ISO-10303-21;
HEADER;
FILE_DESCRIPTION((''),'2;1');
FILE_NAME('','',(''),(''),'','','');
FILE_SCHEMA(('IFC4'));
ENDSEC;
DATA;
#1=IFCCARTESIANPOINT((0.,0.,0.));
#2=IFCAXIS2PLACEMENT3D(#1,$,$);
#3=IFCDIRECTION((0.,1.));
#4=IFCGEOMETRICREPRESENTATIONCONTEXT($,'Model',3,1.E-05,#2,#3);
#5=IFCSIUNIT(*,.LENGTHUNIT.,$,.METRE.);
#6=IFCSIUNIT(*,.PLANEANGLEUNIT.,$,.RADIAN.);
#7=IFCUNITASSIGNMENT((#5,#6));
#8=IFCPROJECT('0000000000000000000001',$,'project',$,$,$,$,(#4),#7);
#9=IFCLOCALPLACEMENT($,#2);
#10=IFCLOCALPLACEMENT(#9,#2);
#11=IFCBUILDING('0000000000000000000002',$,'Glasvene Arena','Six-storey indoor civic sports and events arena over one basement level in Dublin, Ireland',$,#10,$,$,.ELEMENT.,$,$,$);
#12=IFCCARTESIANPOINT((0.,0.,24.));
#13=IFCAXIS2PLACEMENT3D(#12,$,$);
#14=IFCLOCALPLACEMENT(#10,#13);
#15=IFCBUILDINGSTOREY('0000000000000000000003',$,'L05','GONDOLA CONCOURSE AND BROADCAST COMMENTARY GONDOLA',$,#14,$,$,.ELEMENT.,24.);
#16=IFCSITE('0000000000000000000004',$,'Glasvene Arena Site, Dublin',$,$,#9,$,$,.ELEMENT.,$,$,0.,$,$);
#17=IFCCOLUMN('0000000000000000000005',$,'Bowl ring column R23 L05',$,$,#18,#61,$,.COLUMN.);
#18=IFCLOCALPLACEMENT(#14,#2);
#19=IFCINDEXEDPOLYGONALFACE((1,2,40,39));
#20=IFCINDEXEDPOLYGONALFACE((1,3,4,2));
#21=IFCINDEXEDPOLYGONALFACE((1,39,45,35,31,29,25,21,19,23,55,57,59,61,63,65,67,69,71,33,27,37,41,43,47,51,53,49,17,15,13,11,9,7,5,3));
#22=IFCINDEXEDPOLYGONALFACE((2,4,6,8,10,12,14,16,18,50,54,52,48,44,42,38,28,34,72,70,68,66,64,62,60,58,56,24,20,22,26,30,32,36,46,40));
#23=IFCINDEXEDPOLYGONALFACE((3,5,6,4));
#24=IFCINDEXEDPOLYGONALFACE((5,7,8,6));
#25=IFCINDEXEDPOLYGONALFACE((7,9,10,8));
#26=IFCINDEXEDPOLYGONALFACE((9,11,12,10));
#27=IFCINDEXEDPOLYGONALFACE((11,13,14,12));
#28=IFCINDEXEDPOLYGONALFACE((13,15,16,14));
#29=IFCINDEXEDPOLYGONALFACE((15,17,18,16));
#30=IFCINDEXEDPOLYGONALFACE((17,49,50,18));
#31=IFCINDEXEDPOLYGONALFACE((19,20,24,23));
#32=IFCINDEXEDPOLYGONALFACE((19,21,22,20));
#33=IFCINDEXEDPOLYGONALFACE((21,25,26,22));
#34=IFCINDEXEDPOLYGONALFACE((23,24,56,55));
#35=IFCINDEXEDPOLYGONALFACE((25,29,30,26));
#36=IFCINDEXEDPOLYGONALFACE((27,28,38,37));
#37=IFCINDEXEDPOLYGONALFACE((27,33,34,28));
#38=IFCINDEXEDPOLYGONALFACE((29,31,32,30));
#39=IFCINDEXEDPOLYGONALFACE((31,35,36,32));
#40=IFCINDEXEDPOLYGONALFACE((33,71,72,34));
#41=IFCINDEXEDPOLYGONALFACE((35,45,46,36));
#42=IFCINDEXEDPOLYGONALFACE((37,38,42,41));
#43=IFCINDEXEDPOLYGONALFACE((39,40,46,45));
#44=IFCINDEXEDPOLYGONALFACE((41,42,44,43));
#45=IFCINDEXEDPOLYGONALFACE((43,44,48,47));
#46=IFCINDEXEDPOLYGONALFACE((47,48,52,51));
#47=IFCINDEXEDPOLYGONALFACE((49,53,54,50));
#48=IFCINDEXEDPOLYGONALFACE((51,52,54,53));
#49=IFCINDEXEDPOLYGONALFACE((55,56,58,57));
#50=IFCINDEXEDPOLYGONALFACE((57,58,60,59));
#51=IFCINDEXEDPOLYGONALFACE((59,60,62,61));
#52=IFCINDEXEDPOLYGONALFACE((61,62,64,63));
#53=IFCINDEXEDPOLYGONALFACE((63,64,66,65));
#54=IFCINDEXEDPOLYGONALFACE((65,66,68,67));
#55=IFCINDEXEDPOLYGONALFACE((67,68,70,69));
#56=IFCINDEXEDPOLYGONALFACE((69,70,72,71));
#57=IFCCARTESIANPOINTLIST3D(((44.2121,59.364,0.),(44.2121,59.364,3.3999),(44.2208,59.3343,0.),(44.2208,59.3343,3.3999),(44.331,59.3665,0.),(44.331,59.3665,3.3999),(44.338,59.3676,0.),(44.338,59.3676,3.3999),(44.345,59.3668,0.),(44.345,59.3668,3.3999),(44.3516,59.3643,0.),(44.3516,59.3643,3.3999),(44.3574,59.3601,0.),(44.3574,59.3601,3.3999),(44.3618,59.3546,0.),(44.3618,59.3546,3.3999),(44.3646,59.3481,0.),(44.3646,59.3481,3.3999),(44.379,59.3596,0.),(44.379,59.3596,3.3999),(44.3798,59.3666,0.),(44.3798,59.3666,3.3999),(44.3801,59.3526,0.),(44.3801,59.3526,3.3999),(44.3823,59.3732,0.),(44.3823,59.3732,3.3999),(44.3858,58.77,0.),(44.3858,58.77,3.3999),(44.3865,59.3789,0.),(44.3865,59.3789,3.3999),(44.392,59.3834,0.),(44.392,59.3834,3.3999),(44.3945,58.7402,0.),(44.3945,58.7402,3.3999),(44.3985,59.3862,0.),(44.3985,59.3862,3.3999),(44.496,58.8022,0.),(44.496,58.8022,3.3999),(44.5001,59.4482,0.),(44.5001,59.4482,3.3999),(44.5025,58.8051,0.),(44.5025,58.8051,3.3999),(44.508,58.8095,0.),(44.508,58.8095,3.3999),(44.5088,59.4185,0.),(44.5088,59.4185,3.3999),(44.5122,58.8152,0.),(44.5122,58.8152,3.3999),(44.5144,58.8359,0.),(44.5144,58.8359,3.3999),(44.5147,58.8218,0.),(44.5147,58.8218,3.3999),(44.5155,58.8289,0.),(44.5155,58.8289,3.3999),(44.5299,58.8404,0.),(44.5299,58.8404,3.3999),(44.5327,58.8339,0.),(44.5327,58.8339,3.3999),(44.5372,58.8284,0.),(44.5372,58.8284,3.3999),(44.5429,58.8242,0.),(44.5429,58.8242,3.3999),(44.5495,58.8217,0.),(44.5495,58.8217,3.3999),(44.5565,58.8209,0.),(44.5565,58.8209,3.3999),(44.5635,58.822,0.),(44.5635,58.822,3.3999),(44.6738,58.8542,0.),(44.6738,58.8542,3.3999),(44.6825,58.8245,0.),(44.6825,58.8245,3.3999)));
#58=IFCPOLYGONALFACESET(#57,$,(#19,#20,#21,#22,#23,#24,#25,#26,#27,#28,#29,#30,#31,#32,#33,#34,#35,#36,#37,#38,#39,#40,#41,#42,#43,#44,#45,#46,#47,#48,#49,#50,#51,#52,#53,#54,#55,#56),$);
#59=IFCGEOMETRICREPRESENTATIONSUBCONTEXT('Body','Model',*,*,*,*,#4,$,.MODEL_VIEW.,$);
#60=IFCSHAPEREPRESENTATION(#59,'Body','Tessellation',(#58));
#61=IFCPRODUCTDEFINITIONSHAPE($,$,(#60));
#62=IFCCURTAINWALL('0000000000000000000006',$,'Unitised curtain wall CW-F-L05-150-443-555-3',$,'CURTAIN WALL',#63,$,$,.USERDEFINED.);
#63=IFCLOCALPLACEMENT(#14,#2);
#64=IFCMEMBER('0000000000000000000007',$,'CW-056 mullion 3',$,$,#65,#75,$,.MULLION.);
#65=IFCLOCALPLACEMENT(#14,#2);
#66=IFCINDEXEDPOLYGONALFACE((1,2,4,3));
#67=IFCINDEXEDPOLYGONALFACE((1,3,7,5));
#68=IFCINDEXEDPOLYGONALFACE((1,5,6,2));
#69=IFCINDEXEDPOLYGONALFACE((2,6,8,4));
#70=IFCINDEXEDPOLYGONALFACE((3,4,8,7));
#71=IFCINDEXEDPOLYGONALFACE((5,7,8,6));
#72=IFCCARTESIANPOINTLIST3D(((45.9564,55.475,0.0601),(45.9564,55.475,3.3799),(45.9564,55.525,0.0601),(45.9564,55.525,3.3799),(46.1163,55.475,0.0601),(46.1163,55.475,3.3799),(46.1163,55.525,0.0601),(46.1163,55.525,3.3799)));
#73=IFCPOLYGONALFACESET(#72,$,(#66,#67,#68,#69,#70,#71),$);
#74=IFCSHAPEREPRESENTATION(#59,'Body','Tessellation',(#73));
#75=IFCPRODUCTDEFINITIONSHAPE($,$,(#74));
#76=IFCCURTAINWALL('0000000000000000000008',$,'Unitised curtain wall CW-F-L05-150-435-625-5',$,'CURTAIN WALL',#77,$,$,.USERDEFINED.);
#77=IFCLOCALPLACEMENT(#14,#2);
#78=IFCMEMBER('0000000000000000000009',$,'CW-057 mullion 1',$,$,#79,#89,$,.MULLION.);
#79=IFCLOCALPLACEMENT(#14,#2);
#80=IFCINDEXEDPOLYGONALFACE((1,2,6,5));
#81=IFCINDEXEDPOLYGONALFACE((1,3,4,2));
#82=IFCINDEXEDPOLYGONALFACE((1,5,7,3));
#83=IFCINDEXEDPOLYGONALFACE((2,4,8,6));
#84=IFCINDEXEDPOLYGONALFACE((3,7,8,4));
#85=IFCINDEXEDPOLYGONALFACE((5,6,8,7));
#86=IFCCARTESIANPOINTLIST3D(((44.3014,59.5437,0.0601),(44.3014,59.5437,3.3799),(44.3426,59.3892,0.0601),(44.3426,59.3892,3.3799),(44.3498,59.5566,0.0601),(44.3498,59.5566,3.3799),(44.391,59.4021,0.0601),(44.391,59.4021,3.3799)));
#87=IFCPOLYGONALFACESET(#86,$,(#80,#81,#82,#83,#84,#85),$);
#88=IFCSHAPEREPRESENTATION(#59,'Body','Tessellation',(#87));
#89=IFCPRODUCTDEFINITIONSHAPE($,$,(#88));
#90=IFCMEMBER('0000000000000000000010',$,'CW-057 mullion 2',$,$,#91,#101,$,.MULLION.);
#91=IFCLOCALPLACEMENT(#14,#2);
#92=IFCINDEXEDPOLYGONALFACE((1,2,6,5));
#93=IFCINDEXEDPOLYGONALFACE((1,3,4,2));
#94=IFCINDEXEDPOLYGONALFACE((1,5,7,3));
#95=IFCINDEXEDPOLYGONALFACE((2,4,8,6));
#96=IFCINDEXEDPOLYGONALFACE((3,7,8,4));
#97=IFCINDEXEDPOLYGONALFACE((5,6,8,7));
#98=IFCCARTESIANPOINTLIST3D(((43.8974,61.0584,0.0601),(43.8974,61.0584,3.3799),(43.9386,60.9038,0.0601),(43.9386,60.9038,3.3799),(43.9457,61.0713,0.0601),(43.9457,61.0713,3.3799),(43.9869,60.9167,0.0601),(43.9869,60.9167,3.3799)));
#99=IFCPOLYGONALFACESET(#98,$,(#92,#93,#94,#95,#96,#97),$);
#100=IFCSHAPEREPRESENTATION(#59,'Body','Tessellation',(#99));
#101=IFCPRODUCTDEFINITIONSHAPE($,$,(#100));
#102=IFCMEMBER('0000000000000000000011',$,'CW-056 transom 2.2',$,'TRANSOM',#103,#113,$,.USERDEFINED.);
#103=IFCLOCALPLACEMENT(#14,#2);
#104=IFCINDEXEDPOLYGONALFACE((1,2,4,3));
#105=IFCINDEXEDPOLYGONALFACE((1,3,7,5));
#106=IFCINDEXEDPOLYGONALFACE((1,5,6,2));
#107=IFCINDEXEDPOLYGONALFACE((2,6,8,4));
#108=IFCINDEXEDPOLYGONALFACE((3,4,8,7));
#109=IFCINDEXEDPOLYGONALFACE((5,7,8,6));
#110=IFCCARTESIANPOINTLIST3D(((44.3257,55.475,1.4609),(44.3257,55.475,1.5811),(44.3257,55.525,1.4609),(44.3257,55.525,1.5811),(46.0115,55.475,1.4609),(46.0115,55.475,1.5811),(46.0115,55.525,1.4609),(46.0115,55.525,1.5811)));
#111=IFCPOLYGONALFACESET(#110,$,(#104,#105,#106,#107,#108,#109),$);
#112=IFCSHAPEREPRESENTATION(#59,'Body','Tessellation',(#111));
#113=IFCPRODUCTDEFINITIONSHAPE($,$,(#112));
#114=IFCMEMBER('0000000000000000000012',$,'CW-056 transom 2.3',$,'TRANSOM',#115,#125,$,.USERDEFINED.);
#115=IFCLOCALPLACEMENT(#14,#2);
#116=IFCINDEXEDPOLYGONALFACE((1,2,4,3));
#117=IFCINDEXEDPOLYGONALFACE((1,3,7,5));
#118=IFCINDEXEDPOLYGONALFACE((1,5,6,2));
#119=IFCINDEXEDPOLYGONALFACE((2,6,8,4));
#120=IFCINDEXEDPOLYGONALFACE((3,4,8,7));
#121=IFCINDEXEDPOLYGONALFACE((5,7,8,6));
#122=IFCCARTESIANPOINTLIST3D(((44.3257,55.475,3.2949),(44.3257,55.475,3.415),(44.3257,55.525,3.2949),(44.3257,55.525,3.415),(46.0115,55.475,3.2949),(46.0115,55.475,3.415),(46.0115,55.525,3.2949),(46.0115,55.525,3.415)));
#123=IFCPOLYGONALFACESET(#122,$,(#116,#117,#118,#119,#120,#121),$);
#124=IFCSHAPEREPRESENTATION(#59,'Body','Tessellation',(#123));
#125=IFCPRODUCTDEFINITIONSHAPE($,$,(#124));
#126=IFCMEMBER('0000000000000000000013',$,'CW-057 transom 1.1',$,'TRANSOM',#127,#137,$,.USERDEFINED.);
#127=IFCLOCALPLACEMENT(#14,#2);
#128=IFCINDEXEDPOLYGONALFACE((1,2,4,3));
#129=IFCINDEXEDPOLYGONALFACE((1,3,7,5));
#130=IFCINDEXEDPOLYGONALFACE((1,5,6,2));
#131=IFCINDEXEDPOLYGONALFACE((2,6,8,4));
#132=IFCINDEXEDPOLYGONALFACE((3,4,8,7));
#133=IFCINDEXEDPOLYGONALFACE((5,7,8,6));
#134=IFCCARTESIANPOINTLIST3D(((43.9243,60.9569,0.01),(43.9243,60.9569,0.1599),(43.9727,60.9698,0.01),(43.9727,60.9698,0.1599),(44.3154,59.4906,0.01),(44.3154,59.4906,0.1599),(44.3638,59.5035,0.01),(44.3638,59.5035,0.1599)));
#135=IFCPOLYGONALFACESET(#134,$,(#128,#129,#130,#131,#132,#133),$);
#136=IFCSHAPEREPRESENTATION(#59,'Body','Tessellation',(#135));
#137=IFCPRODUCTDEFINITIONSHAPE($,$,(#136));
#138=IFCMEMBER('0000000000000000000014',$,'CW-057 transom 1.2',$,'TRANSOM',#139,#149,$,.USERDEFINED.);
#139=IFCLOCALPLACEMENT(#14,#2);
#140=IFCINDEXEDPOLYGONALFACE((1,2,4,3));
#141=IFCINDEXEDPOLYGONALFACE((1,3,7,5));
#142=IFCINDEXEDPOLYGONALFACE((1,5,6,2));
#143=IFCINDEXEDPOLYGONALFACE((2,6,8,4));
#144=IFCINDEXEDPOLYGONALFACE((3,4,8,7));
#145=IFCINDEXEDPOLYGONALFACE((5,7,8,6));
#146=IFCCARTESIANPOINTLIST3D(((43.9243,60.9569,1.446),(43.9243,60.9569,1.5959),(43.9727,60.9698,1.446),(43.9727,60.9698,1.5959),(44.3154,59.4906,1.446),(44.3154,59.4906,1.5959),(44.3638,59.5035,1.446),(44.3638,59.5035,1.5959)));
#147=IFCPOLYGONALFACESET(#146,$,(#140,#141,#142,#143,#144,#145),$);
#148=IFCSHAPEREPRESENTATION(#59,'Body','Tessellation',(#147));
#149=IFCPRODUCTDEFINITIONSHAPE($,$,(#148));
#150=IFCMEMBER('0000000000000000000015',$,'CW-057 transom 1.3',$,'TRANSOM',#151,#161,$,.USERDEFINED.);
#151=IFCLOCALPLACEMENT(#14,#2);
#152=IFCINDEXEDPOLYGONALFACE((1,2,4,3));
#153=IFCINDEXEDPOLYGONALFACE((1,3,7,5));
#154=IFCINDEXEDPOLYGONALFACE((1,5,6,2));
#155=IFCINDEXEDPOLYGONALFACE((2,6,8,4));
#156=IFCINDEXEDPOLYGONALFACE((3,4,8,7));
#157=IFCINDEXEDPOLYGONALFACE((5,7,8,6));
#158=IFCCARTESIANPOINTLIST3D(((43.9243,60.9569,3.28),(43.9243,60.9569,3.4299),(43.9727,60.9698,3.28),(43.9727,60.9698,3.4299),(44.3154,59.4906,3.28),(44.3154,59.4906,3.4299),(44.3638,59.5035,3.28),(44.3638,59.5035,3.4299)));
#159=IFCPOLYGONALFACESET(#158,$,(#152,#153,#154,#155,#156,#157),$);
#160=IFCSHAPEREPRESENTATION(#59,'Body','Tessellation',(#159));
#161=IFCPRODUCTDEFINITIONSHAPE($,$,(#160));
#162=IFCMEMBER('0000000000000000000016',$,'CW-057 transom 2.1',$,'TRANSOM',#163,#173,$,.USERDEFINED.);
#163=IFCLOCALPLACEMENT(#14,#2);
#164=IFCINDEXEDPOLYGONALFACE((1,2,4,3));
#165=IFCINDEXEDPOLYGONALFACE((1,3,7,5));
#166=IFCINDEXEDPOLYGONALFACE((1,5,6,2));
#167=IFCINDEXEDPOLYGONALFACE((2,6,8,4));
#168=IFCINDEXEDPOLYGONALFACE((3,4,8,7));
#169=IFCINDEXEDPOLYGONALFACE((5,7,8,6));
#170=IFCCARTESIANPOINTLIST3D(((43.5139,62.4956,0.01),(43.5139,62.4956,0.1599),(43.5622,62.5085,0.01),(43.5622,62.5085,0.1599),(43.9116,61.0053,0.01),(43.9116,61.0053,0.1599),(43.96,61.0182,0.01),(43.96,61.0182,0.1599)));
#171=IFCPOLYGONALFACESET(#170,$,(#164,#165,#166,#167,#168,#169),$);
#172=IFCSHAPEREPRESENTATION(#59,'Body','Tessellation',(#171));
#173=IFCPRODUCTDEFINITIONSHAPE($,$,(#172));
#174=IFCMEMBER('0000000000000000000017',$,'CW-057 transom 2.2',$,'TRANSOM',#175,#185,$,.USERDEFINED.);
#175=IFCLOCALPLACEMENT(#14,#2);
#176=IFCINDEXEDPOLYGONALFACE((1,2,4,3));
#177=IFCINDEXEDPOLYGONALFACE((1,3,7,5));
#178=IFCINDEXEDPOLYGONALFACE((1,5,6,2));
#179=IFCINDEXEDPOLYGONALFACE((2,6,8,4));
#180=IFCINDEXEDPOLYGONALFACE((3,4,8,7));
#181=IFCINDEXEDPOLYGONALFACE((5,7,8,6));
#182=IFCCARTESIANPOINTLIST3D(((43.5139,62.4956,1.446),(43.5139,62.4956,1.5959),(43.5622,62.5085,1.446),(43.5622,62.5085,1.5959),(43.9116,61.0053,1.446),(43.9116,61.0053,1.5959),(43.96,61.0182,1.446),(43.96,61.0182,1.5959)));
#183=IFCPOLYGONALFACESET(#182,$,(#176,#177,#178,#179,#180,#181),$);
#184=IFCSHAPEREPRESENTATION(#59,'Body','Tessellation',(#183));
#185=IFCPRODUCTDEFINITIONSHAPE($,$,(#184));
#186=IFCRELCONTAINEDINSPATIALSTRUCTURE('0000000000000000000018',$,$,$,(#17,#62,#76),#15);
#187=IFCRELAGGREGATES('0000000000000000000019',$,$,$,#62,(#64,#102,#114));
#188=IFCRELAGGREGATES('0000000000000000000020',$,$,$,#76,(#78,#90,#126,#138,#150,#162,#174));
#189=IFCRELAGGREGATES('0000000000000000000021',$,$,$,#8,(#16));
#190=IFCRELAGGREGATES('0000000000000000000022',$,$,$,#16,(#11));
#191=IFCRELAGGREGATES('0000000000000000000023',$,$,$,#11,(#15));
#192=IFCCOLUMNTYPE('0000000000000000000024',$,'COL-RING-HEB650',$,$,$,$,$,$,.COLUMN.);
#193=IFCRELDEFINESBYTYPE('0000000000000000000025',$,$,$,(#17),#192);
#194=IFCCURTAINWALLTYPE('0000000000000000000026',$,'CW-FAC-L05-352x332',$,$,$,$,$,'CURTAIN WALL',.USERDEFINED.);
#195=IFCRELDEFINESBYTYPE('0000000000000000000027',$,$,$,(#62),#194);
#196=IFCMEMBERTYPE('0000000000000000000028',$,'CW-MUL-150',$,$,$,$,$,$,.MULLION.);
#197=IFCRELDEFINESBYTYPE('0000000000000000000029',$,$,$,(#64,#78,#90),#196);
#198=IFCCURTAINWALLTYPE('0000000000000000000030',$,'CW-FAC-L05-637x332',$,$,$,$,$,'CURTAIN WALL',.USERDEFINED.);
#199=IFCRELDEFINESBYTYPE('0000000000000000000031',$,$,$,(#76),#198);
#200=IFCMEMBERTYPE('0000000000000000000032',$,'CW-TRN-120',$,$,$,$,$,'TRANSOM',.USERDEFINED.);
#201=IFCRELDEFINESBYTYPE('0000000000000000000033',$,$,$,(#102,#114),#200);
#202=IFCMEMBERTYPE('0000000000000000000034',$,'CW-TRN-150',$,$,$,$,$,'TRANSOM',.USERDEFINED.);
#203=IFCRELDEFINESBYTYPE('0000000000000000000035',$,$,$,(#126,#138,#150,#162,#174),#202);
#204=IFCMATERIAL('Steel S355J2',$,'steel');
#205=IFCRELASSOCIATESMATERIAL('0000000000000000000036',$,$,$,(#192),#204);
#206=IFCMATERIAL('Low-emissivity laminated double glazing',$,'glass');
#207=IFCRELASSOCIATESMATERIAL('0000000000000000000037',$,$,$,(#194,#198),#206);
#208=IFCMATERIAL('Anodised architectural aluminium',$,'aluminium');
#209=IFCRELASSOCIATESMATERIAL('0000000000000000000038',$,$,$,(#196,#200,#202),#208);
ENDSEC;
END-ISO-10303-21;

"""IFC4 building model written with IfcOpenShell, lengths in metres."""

from ifc_helpers import new_model, si_unit, direction, frame, origin, origin_2d, place, context, subcontext, project, spatial, rectangle, i_section, extrude, material, material_profile, profile_set, type_object, element, aggregate, save


model = new_model("IFC4")

# Units and contexts
model_context = context("Model", 3, precision=1e-05, world=origin(), true_north=direction((0.0, 1.0)))
body_context = subcontext(model_context, "Body", "Model", "MODEL_VIEW")
ifc_project = project(units=[si_unit("LENGTHUNIT", "METRE"), si_unit("PLANEANGLEUNIT", "RADIAN")], contexts=[model_context])

# Site, building, storey
site_placement = place(None, origin())
site = spatial("IfcSite", under=ifc_project, at=site_placement, Name="Glasvene Arena Site, Dublin", CompositionType="ELEMENT", RefElevation=0.0)
building_placement = place(site_placement, origin())
building = spatial("IfcBuilding", under=site, at=building_placement, Name="Glasvene Arena", Description="Six-storey indoor civic sports and events arena over one basement level in Dublin, Ireland", CompositionType="ELEMENT")
storey_placement = place(building_placement, frame((0.0, 0.0, 24.0)))
storey = spatial("IfcBuildingStorey", under=building, at=storey_placement, Name="L05", Description="GONDOLA CONCOURSE AND BROADCAST COMMENTARY GONDOLA", CompositionType="ELEMENT", Elevation=24.0)

# Column
ifc_material_1 = material(Name="Steel S355J2", Category="steel")
ifc_material_profile_1 = material_profile(ifc_material_1, i_section(OverallWidth=0.3, OverallDepth=0.6499, WebThickness=0.0161, FlangeThickness=0.031, FilletRadius=0.0271, at=origin_2d()), Name="HEB 650")
ifc_profile_set_1 = profile_set([ifc_material_profile_1], Name="Steel S355J2")
column_type = type_object("IfcColumnType", Name="COL-RING-HEB650", PredefinedType="COLUMN", material=ifc_profile_set_1)
column_placement = place(storey_placement, frame((44.4473, 59.0942, 0.0), z_axis=(0.0, 0.0, 1.0), x_axis=(-0.959805, -0.280667, 0.0)))
element("IfcColumn", 1, at=column_placement, inside=storey, type_object=column_type, Name="Bowl ring column R23 L05", PredefinedType="COLUMN", context=body_context, shape_type="SweptSolid", body=[
    extrude(i_section(OverallWidth=0.3, OverallDepth=0.6499, WebThickness=0.0161, FlangeThickness=0.031, FilletRadius=0.0271, at=origin_2d()), origin(), (0.0, 0.0, 1.0), 3.3999),
])

# Curtain wall, member
ifc_material_2 = material(Name="Low-emissivity laminated double glazing", Category="glass")
curtain_wall_type_1 = type_object("IfcCurtainWallType", Name="CW-FAC-L05-352x332", ElementType="CURTAIN WALL", PredefinedType="USERDEFINED", material=ifc_material_2)
curtain_wall_1_placement = place(storey_placement, frame((42.54, 55.5, 0.0)))
curtain_wall_1 = element("IfcCurtainWall", 2, at=curtain_wall_1_placement, inside=storey, type_object=curtain_wall_type_1, Name="Unitised curtain wall CW-F-L05-150-443-555-3", ObjectType="CURTAIN WALL", PredefinedType="USERDEFINED")
ifc_material_3 = material(Name="Anodised architectural aluminium", Category="aluminium")
ifc_material_profile_2 = material_profile(ifc_material_3, rectangle(XDim=0.05, YDim=0.1599, at=origin_2d()), Name="ALU MULLION 50x160")
ifc_profile_set_2 = profile_set([ifc_material_profile_2], Name="Anodised architectural aluminium")
member_type_1 = type_object("IfcMemberType", Name="CW-MUL-150", PredefinedType="MULLION", material=ifc_profile_set_2)
member_1_placement = place(storey_placement, frame((46.0364, 55.5, 0.0601), z_axis=(0.0, 0.0, 1.0), x_axis=(0.0, 1.0, 0.0)))
member_1 = element("IfcMember", 3, at=member_1_placement, type_object=member_type_1, Name="CW-056 mullion 3", PredefinedType="MULLION", context=body_context, shape_type="SweptSolid", body=[
    extrude(rectangle(XDim=0.05, YDim=0.1599, at=origin_2d()), origin(), (0.0, 0.0, 1.0), 3.3198),
])

# Curtain wall, members
curtain_wall_type_2 = type_object("IfcCurtainWallType", Name="CW-FAC-L05-637x332", ElementType="CURTAIN WALL", PredefinedType="USERDEFINED", material=ifc_material_2)
curtain_wall_2_placement = place(storey_placement, frame((44.3525, 59.4487, 0.0)))
curtain_wall_2 = element("IfcCurtainWall", 4, at=curtain_wall_2_placement, inside=storey, type_object=curtain_wall_type_2, Name="Unitised curtain wall CW-F-L05-150-435-625-5", ObjectType="CURTAIN WALL", PredefinedType="USERDEFINED")
member_2_placement = place(storey_placement, frame((44.3462, 59.4729, 0.0601), z_axis=(0.0, 0.0, 1.0), x_axis=(-0.966215, -0.257739, 0.0)))
member_2 = element("IfcMember", 5, at=member_2_placement, type_object=member_type_1, Name="CW-057 mullion 1", PredefinedType="MULLION", context=body_context, shape_type="SweptSolid", body=[
    extrude(rectangle(XDim=0.05, YDim=0.1599, at=origin_2d()), origin(), (0.0, 0.0, 1.0), 3.3198),
])
member_3_placement = place(storey_placement, frame((43.9421, 60.9875, 0.0601), z_axis=(0.0, 0.0, 1.0), x_axis=(-0.966215, -0.257739, 0.0)))
member_3 = element("IfcMember", 6, at=member_3_placement, type_object=member_type_1, Name="CW-057 mullion 2", PredefinedType="MULLION", context=body_context, shape_type="SweptSolid", body=[
    extrude(rectangle(XDim=0.05, YDim=0.1599, at=origin_2d()), origin(), (0.0, 0.0, 1.0), 3.3198),
])

# Members
ifc_material_profile_3 = material_profile(ifc_material_3, rectangle(XDim=0.05, YDim=0.1201, at=origin_2d()), Name="ALU TRANSOM 50x120")
ifc_profile_set_3 = profile_set([ifc_material_profile_3], Name="Anodised architectural aluminium")
member_type_2 = type_object("IfcMemberType", Name="CW-TRN-120", ElementType="TRANSOM", PredefinedType="USERDEFINED", material=ifc_profile_set_3)
member_4_placement = place(storey_placement, frame((44.3257, 55.5, 1.521), z_axis=(1.0, 0.0, 0.0), x_axis=(0.0, 1.0, 0.0)))
member_4 = element("IfcMember", 7, at=member_4_placement, type_object=member_type_2, Name="CW-056 transom 2.2", ObjectType="TRANSOM", PredefinedType="USERDEFINED", context=body_context, shape_type="SweptSolid", body=[
    extrude(rectangle(XDim=0.05, YDim=0.1201, at=origin_2d()), origin(), (0.0, 0.0, 1.0), 1.6858),
])
member_5_placement = place(storey_placement, frame((44.3257, 55.5, 3.355), z_axis=(1.0, 0.0, 0.0), x_axis=(0.0, 1.0, 0.0)))
member_5 = element("IfcMember", 8, at=member_5_placement, type_object=member_type_2, Name="CW-056 transom 2.3", ObjectType="TRANSOM", PredefinedType="USERDEFINED", context=body_context, shape_type="SweptSolid", body=[
    extrude(rectangle(XDim=0.05, YDim=0.1201, at=origin_2d()), origin(), (0.0, 0.0, 1.0), 1.6858),
])
ifc_material_profile_4 = material_profile(ifc_material_3, rectangle(XDim=0.05, YDim=0.1499, at=origin_2d()), Name="ALU TRANSOM 50x150")
ifc_profile_set_4 = profile_set([ifc_material_profile_4], Name="Anodised architectural aluminium")
member_type_3 = type_object("IfcMemberType", Name="CW-TRN-150", ElementType="TRANSOM", PredefinedType="USERDEFINED", material=ifc_profile_set_4)
member_6_placement = place(storey_placement, frame((44.3396, 59.4971, 0.085), z_axis=(-0.257723, 0.966219, 0.0), x_axis=(-0.966219, -0.257723, 0.0)))
member_6 = element("IfcMember", 9, at=member_6_placement, type_object=member_type_3, Name="CW-057 transom 1.1", ObjectType="TRANSOM", PredefinedType="USERDEFINED", context=body_context, shape_type="SweptSolid", body=[
    extrude(rectangle(XDim=0.05, YDim=0.1499, at=origin_2d()), origin(), (0.0, 0.0, 1.0), 1.5176),
])
member_7_placement = place(storey_placement, frame((44.3396, 59.4971, 1.521), z_axis=(-0.257723, 0.966219, 0.0), x_axis=(-0.966219, -0.257723, 0.0)))
member_7 = element("IfcMember", 10, at=member_7_placement, type_object=member_type_3, Name="CW-057 transom 1.2", ObjectType="TRANSOM", PredefinedType="USERDEFINED", context=body_context, shape_type="SweptSolid", body=[
    extrude(rectangle(XDim=0.05, YDim=0.1499, at=origin_2d()), origin(), (0.0, 0.0, 1.0), 1.5176),
])
member_8_placement = place(storey_placement, frame((44.3396, 59.4971, 3.355), z_axis=(-0.257723, 0.966219, 0.0), x_axis=(-0.966219, -0.257723, 0.0)))
member_8 = element("IfcMember", 11, at=member_8_placement, type_object=member_type_3, Name="CW-057 transom 1.3", ObjectType="TRANSOM", PredefinedType="USERDEFINED", context=body_context, shape_type="SweptSolid", body=[
    extrude(rectangle(XDim=0.05, YDim=0.1499, at=origin_2d()), origin(), (0.0, 0.0, 1.0), 1.5176),
])
member_9_placement = place(storey_placement, frame((43.9358, 61.0117, 0.085), z_axis=(-0.25785, 0.966185, 0.0), x_axis=(-0.966185, -0.25785, 0.0)))
member_9 = element("IfcMember", 12, at=member_9_placement, type_object=member_type_3, Name="CW-057 transom 2.1", ObjectType="TRANSOM", PredefinedType="USERDEFINED", context=body_context, shape_type="SweptSolid", body=[
    extrude(rectangle(XDim=0.05, YDim=0.1499, at=origin_2d()), origin(), (0.0, 0.0, 1.0), 1.5425),
])
member_10_placement = place(storey_placement, frame((43.9358, 61.0117, 1.521), z_axis=(-0.25785, 0.966185, 0.0), x_axis=(-0.966185, -0.25785, 0.0)))
member_10 = element("IfcMember", 13, at=member_10_placement, type_object=member_type_3, Name="CW-057 transom 2.2", ObjectType="TRANSOM", PredefinedType="USERDEFINED", context=body_context, shape_type="SweptSolid", body=[
    extrude(rectangle(XDim=0.05, YDim=0.1499, at=origin_2d()), origin(), (0.0, 0.0, 1.0), 1.5425),
])

aggregate(curtain_wall_1, [member_1, member_4, member_5])
aggregate(curtain_wall_2, [member_2, member_3, member_6, member_7, member_8, member_9, member_10])

save(model, "model.ifc")
